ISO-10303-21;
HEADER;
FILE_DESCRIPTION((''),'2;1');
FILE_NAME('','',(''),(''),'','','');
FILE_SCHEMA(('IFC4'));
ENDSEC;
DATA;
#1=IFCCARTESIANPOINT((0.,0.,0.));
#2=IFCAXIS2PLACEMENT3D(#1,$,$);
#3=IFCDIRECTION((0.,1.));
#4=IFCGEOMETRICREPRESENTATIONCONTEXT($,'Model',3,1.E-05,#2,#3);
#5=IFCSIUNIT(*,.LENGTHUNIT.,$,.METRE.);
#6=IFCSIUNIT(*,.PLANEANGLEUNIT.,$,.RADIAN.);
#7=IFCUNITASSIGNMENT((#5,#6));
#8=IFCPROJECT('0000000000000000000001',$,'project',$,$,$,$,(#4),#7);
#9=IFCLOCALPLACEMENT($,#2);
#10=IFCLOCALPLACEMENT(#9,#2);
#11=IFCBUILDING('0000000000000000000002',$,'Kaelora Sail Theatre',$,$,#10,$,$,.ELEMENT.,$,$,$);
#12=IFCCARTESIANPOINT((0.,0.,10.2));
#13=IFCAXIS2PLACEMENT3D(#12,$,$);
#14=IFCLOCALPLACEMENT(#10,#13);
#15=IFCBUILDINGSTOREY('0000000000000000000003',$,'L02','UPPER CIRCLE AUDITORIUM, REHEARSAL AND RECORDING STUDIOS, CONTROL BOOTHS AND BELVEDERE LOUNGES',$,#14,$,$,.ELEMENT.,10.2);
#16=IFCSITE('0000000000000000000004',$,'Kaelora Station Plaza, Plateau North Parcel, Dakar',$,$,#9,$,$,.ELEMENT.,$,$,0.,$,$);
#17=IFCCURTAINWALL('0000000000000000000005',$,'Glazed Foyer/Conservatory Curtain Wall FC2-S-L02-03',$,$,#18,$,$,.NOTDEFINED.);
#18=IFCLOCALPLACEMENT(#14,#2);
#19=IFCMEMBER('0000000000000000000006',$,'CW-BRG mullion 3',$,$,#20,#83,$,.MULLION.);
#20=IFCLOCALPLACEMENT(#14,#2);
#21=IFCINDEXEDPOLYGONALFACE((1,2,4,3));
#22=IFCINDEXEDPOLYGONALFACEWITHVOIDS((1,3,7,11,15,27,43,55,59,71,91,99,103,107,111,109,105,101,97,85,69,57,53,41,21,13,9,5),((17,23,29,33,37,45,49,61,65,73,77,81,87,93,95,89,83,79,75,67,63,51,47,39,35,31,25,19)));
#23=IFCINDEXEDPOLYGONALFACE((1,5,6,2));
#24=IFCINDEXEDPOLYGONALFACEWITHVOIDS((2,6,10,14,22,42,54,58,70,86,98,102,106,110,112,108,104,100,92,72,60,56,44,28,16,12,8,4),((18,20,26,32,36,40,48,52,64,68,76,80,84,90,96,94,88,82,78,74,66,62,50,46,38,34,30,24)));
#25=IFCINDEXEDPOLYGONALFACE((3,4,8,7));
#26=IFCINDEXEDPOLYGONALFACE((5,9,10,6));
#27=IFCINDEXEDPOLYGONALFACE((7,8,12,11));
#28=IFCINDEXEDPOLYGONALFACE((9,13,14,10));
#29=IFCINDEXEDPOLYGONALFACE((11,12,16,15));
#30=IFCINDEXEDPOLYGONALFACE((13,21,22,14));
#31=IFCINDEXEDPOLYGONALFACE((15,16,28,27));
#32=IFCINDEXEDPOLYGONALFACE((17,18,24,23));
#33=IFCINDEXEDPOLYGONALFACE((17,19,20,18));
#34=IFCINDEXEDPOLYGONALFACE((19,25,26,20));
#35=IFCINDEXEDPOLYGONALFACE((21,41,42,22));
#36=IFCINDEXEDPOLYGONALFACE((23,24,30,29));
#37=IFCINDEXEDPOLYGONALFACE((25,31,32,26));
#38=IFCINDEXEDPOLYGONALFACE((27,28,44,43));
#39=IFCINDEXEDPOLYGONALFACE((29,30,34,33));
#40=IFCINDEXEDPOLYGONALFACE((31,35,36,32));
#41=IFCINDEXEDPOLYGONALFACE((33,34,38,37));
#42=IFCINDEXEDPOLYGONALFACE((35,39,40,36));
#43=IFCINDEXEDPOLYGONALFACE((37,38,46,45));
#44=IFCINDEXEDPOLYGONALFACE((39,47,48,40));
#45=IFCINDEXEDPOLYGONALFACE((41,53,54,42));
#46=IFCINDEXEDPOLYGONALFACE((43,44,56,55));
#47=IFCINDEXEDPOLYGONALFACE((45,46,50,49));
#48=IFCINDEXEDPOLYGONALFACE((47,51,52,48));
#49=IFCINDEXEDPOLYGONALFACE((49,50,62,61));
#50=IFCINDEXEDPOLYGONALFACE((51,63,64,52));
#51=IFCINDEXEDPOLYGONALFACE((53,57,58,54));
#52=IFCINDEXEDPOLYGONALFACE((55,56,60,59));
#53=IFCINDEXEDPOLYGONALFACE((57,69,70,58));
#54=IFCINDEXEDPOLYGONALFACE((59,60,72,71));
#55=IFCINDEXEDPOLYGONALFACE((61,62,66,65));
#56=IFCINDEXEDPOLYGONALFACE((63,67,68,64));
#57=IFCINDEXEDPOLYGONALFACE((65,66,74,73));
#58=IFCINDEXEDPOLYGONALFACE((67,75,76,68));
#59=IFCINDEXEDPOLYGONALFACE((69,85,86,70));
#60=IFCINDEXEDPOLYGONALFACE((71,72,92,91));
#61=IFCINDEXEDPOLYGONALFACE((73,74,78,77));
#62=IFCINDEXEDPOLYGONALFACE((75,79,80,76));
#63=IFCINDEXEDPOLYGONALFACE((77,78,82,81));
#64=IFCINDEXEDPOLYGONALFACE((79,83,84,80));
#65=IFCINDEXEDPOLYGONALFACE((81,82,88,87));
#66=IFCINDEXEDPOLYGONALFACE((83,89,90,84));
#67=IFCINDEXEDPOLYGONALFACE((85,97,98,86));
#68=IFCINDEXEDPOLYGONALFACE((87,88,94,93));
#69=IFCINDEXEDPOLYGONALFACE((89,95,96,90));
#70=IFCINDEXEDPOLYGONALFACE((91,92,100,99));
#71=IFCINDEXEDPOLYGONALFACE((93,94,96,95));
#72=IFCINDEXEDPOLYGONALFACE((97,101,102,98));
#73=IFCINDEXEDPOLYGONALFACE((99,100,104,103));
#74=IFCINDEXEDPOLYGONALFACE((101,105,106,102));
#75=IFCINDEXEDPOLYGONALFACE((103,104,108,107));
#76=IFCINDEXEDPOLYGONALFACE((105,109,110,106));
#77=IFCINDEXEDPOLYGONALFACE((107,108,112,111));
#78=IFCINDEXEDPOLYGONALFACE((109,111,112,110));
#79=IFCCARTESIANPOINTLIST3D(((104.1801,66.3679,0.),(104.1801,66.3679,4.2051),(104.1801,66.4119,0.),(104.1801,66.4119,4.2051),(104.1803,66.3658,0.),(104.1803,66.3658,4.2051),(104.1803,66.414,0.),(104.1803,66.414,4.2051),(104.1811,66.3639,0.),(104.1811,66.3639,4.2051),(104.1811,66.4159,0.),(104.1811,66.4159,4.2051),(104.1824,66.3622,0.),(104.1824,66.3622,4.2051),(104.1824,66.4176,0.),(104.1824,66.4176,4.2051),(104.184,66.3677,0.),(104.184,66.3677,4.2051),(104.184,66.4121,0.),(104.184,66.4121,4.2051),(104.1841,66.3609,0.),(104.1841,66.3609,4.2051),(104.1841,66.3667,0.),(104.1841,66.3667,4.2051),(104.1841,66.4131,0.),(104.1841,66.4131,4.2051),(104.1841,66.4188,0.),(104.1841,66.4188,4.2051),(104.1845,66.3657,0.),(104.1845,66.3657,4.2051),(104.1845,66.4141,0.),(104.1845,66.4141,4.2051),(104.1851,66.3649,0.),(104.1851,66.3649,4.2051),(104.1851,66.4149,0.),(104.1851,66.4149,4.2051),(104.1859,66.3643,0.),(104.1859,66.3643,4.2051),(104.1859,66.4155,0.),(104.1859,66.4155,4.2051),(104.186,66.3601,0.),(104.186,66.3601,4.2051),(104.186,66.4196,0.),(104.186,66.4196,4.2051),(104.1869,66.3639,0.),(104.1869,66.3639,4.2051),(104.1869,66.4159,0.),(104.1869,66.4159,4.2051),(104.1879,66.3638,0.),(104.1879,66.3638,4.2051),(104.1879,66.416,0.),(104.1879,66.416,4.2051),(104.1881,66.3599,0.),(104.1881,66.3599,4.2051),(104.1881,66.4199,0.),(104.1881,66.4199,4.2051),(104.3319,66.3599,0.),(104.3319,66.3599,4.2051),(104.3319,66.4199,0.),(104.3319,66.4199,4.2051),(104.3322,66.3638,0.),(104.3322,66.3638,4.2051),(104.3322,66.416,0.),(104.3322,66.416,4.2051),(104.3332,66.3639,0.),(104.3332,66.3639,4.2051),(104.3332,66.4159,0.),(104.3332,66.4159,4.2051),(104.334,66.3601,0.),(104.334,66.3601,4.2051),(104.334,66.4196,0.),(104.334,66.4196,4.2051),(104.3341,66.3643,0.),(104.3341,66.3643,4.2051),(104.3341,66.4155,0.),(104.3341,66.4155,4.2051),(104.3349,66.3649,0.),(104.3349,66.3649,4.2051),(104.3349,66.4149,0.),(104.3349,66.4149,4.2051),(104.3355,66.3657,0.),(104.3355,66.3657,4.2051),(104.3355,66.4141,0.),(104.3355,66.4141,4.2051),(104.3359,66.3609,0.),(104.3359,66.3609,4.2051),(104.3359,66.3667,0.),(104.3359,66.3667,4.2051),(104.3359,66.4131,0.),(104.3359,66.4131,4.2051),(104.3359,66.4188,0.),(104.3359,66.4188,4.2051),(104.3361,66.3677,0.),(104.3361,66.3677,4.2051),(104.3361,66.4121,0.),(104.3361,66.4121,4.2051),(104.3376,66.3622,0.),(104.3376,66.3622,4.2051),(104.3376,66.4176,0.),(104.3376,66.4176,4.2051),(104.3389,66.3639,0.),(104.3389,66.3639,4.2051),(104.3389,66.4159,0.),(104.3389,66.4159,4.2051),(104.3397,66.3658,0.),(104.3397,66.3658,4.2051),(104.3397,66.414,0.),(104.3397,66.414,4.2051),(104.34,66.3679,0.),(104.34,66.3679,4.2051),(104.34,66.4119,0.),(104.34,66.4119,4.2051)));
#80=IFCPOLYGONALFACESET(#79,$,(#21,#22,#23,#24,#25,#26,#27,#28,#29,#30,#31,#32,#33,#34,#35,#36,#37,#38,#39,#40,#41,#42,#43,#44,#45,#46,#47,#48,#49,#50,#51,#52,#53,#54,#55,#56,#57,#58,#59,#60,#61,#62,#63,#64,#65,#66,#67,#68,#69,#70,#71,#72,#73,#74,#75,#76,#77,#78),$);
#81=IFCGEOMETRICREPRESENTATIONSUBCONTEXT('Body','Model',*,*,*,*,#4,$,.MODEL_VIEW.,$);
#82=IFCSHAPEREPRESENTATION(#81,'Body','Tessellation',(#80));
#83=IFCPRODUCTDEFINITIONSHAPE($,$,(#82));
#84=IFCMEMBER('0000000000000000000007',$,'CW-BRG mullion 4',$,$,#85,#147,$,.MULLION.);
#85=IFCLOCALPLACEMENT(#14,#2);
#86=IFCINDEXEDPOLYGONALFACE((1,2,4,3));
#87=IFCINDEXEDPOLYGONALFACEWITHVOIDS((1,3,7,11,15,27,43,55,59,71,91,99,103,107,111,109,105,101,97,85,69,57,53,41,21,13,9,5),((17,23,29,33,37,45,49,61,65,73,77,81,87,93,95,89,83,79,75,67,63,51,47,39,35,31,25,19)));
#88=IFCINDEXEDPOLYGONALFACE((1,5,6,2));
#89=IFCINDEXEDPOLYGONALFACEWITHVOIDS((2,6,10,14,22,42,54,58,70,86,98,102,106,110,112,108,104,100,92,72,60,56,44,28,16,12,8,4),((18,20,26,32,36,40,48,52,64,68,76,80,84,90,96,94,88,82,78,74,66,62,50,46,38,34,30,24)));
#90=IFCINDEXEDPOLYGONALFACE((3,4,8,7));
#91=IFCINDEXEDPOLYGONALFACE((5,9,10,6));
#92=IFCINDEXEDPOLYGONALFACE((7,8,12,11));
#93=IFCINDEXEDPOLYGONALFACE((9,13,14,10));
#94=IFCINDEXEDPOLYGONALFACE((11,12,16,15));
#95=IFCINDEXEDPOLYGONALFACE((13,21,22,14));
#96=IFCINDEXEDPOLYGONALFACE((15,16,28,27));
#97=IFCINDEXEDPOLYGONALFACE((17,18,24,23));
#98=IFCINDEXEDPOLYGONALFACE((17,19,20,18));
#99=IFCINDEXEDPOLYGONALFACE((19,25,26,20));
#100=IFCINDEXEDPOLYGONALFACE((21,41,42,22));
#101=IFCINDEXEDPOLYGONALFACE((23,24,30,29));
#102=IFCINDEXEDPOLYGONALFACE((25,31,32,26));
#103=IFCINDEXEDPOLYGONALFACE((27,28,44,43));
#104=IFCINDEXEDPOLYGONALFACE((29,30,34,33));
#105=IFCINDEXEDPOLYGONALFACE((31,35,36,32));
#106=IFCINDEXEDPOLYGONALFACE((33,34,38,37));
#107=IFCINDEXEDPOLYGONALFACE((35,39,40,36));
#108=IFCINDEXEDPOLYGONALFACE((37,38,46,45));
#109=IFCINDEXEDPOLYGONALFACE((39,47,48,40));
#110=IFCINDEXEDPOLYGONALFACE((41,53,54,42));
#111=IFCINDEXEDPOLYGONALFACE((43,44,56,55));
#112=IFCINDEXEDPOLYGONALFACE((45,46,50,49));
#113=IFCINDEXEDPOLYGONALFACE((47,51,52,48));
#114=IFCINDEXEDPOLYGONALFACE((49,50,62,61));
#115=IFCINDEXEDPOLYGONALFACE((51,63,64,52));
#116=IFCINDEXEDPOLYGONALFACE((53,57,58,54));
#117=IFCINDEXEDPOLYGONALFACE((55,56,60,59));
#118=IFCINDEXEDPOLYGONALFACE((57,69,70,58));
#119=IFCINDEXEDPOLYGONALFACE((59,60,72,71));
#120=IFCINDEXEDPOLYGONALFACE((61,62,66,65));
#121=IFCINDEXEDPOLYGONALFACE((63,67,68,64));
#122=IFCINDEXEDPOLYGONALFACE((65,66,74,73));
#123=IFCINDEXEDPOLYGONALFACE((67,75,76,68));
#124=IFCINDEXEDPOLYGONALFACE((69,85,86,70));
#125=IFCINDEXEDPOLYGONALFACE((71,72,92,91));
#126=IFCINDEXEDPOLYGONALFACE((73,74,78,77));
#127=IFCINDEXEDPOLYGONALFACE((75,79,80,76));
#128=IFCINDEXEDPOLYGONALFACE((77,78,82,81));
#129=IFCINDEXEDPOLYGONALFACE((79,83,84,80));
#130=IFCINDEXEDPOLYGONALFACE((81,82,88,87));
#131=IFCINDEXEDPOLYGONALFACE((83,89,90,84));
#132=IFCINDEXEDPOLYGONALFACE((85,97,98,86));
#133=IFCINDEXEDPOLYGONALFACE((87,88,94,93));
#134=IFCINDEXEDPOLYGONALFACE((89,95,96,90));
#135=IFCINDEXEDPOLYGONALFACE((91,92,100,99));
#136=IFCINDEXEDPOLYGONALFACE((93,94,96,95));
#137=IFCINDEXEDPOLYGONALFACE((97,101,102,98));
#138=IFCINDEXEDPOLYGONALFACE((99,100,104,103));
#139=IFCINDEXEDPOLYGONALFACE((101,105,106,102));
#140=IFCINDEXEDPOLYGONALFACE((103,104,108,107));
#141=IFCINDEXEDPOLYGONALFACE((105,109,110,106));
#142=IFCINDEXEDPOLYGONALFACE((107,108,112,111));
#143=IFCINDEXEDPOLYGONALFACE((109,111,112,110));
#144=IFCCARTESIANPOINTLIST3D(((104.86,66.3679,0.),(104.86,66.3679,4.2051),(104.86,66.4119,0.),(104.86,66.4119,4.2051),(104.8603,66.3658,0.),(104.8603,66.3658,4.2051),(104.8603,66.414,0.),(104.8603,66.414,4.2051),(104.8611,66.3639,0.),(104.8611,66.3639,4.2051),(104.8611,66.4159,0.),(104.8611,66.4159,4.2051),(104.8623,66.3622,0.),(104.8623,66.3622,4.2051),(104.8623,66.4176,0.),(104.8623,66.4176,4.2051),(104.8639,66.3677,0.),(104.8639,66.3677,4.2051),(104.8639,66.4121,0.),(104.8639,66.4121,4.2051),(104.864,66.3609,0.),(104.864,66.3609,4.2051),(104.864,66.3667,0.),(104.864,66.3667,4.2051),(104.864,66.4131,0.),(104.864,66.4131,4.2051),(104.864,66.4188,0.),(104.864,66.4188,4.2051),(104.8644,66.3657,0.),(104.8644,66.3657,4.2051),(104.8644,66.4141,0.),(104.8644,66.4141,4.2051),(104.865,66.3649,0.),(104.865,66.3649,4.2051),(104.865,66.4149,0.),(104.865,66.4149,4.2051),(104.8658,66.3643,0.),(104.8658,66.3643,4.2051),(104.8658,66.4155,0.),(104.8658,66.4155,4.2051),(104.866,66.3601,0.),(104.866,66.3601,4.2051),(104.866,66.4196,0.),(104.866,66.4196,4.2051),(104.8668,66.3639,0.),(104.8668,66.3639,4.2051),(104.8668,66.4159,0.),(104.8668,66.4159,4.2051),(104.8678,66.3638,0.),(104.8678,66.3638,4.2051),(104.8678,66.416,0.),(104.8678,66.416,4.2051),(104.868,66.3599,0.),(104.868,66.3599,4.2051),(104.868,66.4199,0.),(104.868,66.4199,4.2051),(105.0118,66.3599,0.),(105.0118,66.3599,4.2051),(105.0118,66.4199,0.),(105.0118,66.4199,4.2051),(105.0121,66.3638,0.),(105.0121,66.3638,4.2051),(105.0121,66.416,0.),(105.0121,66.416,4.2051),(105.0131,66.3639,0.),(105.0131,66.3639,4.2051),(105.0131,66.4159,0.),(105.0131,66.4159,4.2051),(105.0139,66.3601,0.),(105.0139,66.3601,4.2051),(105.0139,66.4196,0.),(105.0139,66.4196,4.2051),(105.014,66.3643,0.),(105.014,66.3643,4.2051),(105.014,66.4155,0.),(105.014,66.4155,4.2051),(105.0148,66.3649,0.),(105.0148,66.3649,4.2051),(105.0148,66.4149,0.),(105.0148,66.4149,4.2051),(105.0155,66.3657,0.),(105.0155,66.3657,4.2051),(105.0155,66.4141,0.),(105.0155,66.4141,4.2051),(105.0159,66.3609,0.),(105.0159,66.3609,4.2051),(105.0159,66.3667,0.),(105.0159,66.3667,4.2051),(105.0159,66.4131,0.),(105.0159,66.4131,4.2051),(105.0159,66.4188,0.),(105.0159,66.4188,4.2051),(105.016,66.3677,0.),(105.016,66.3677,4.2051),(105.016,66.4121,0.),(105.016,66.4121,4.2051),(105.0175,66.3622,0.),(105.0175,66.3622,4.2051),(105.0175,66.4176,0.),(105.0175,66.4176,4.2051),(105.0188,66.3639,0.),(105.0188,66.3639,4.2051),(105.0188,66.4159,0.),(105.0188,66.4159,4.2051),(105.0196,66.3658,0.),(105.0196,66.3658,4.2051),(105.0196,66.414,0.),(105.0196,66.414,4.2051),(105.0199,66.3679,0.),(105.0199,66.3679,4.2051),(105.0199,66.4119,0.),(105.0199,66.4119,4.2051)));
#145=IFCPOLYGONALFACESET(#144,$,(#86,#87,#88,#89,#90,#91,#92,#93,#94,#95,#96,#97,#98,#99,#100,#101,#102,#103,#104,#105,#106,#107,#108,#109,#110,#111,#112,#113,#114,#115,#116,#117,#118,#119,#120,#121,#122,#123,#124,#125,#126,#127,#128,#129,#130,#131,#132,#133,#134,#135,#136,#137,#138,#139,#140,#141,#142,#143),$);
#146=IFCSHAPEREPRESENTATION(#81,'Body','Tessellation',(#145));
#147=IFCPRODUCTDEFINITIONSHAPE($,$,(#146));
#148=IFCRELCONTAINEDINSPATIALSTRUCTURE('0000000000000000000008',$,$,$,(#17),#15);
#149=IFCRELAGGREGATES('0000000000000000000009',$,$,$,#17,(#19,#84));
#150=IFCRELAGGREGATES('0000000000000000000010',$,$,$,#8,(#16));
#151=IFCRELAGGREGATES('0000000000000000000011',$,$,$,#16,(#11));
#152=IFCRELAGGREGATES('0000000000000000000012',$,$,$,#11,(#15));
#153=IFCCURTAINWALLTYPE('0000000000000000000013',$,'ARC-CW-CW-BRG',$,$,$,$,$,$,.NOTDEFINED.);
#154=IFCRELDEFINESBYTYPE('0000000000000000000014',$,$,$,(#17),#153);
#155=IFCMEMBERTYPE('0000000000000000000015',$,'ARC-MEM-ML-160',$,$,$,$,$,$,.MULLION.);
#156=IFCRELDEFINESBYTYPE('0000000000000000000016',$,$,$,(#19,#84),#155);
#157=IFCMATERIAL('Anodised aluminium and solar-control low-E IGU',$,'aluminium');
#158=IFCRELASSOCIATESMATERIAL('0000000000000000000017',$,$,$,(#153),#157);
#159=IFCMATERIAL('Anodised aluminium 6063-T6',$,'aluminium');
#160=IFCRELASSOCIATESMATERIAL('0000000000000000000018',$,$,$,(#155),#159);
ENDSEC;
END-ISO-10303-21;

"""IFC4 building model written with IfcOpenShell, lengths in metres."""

from ifc_helpers import new_model, si_unit, direction, frame, origin, origin_2d, place, context, subcontext, project, spatial, hollow_rectangle, extrude, material, material_profile, profile_set, type_object, element, aggregate, save


model = new_model("IFC4")

# Units and contexts
model_context = context("Model", 3, precision=1e-05, world=origin(), true_north=direction((0.0, 1.0)))
body_context = subcontext(model_context, "Body", "Model", "MODEL_VIEW")
ifc_project = project(units=[si_unit("LENGTHUNIT", "METRE"), si_unit("PLANEANGLEUNIT", "RADIAN")], contexts=[model_context])

# Site, building, storey
site_placement = place(None, origin())
site = spatial("IfcSite", under=ifc_project, at=site_placement, Name="Kaelora Station Plaza, Plateau North Parcel, Dakar", CompositionType="ELEMENT", RefElevation=0.0)
building_placement = place(site_placement, origin())
building = spatial("IfcBuilding", under=site, at=building_placement, Name="Kaelora Sail Theatre", CompositionType="ELEMENT")
storey_placement = place(building_placement, frame((0.0, 0.0, 10.2)))
storey = spatial("IfcBuildingStorey", under=building, at=storey_placement, Name="L02", Description="UPPER CIRCLE AUDITORIUM, REHEARSAL AND RECORDING STUDIOS, CONTROL BOOTHS AND BELVEDERE LOUNGES", CompositionType="ELEMENT", Elevation=10.2)

# Curtain wall, members
ifc_material_1 = material(Name="Anodised aluminium and solar-control low-E IGU", Category="aluminium")
curtain_wall_type = type_object("IfcCurtainWallType", Name="ARC-CW-CW-BRG", PredefinedType="NOTDEFINED", material=ifc_material_1)
curtain_wall_placement = place(storey_placement, origin())
curtain_wall = element("IfcCurtainWall", 1, at=curtain_wall_placement, inside=storey, type_object=curtain_wall_type, Name="Glazed Foyer/Conservatory Curtain Wall FC2-S-L02-03", PredefinedType="NOTDEFINED")
ifc_material_2 = material(Name="Anodised aluminium 6063-T6", Category="aluminium")
ifc_material_profile_1 = material_profile(ifc_material_2, hollow_rectangle(XDim=0.0601, YDim=0.1599, WallThickness=0.0039, InnerFilletRadius=0.0039, OuterFilletRadius=0.0081, at=origin_2d()), Name="ALU-MULL 60x160x4")
ifc_profile_set_1 = profile_set([ifc_material_profile_1], Name="Anodised aluminium 6063-T6")
member_type_1 = type_object("IfcMemberType", Name="ARC-MEM-ML-160", PredefinedType="MULLION", material=ifc_profile_set_1)
member_1_placement = place(storey_placement, frame((104.26, 66.3899, 0.0), z_axis=(0.0, 0.0, 1.0), x_axis=(0.0, 1.0, 0.0)))
member_1 = element("IfcMember", 2, at=member_1_placement, type_object=member_type_1, Name="CW-BRG mullion 3", PredefinedType="MULLION", context=body_context, shape_type="SweptSolid", body=[
    extrude(hollow_rectangle(XDim=0.0601, YDim=0.1599, WallThickness=0.0039, InnerFilletRadius=0.0039, OuterFilletRadius=0.0081, at=origin_2d()), origin(), (0.0, 0.0, 1.0), 4.2051),
])
member_2_placement = place(storey_placement, frame((104.9399, 66.3899, 0.0), z_axis=(0.0, 0.0, 1.0), x_axis=(0.0, 1.0, 0.0)))
member_2 = element("IfcMember", 3, at=member_2_placement, type_object=member_type_1, Name="CW-BRG mullion 4", PredefinedType="MULLION", context=body_context, shape_type="SweptSolid", body=[
    extrude(hollow_rectangle(XDim=0.0601, YDim=0.1599, WallThickness=0.0039, InnerFilletRadius=0.0039, OuterFilletRadius=0.0081, at=origin_2d()), origin(), (0.0, 0.0, 1.0), 4.2051),
])
aggregate(curtain_wall, [member_1, member_2])

save(model, "model.ifc")
